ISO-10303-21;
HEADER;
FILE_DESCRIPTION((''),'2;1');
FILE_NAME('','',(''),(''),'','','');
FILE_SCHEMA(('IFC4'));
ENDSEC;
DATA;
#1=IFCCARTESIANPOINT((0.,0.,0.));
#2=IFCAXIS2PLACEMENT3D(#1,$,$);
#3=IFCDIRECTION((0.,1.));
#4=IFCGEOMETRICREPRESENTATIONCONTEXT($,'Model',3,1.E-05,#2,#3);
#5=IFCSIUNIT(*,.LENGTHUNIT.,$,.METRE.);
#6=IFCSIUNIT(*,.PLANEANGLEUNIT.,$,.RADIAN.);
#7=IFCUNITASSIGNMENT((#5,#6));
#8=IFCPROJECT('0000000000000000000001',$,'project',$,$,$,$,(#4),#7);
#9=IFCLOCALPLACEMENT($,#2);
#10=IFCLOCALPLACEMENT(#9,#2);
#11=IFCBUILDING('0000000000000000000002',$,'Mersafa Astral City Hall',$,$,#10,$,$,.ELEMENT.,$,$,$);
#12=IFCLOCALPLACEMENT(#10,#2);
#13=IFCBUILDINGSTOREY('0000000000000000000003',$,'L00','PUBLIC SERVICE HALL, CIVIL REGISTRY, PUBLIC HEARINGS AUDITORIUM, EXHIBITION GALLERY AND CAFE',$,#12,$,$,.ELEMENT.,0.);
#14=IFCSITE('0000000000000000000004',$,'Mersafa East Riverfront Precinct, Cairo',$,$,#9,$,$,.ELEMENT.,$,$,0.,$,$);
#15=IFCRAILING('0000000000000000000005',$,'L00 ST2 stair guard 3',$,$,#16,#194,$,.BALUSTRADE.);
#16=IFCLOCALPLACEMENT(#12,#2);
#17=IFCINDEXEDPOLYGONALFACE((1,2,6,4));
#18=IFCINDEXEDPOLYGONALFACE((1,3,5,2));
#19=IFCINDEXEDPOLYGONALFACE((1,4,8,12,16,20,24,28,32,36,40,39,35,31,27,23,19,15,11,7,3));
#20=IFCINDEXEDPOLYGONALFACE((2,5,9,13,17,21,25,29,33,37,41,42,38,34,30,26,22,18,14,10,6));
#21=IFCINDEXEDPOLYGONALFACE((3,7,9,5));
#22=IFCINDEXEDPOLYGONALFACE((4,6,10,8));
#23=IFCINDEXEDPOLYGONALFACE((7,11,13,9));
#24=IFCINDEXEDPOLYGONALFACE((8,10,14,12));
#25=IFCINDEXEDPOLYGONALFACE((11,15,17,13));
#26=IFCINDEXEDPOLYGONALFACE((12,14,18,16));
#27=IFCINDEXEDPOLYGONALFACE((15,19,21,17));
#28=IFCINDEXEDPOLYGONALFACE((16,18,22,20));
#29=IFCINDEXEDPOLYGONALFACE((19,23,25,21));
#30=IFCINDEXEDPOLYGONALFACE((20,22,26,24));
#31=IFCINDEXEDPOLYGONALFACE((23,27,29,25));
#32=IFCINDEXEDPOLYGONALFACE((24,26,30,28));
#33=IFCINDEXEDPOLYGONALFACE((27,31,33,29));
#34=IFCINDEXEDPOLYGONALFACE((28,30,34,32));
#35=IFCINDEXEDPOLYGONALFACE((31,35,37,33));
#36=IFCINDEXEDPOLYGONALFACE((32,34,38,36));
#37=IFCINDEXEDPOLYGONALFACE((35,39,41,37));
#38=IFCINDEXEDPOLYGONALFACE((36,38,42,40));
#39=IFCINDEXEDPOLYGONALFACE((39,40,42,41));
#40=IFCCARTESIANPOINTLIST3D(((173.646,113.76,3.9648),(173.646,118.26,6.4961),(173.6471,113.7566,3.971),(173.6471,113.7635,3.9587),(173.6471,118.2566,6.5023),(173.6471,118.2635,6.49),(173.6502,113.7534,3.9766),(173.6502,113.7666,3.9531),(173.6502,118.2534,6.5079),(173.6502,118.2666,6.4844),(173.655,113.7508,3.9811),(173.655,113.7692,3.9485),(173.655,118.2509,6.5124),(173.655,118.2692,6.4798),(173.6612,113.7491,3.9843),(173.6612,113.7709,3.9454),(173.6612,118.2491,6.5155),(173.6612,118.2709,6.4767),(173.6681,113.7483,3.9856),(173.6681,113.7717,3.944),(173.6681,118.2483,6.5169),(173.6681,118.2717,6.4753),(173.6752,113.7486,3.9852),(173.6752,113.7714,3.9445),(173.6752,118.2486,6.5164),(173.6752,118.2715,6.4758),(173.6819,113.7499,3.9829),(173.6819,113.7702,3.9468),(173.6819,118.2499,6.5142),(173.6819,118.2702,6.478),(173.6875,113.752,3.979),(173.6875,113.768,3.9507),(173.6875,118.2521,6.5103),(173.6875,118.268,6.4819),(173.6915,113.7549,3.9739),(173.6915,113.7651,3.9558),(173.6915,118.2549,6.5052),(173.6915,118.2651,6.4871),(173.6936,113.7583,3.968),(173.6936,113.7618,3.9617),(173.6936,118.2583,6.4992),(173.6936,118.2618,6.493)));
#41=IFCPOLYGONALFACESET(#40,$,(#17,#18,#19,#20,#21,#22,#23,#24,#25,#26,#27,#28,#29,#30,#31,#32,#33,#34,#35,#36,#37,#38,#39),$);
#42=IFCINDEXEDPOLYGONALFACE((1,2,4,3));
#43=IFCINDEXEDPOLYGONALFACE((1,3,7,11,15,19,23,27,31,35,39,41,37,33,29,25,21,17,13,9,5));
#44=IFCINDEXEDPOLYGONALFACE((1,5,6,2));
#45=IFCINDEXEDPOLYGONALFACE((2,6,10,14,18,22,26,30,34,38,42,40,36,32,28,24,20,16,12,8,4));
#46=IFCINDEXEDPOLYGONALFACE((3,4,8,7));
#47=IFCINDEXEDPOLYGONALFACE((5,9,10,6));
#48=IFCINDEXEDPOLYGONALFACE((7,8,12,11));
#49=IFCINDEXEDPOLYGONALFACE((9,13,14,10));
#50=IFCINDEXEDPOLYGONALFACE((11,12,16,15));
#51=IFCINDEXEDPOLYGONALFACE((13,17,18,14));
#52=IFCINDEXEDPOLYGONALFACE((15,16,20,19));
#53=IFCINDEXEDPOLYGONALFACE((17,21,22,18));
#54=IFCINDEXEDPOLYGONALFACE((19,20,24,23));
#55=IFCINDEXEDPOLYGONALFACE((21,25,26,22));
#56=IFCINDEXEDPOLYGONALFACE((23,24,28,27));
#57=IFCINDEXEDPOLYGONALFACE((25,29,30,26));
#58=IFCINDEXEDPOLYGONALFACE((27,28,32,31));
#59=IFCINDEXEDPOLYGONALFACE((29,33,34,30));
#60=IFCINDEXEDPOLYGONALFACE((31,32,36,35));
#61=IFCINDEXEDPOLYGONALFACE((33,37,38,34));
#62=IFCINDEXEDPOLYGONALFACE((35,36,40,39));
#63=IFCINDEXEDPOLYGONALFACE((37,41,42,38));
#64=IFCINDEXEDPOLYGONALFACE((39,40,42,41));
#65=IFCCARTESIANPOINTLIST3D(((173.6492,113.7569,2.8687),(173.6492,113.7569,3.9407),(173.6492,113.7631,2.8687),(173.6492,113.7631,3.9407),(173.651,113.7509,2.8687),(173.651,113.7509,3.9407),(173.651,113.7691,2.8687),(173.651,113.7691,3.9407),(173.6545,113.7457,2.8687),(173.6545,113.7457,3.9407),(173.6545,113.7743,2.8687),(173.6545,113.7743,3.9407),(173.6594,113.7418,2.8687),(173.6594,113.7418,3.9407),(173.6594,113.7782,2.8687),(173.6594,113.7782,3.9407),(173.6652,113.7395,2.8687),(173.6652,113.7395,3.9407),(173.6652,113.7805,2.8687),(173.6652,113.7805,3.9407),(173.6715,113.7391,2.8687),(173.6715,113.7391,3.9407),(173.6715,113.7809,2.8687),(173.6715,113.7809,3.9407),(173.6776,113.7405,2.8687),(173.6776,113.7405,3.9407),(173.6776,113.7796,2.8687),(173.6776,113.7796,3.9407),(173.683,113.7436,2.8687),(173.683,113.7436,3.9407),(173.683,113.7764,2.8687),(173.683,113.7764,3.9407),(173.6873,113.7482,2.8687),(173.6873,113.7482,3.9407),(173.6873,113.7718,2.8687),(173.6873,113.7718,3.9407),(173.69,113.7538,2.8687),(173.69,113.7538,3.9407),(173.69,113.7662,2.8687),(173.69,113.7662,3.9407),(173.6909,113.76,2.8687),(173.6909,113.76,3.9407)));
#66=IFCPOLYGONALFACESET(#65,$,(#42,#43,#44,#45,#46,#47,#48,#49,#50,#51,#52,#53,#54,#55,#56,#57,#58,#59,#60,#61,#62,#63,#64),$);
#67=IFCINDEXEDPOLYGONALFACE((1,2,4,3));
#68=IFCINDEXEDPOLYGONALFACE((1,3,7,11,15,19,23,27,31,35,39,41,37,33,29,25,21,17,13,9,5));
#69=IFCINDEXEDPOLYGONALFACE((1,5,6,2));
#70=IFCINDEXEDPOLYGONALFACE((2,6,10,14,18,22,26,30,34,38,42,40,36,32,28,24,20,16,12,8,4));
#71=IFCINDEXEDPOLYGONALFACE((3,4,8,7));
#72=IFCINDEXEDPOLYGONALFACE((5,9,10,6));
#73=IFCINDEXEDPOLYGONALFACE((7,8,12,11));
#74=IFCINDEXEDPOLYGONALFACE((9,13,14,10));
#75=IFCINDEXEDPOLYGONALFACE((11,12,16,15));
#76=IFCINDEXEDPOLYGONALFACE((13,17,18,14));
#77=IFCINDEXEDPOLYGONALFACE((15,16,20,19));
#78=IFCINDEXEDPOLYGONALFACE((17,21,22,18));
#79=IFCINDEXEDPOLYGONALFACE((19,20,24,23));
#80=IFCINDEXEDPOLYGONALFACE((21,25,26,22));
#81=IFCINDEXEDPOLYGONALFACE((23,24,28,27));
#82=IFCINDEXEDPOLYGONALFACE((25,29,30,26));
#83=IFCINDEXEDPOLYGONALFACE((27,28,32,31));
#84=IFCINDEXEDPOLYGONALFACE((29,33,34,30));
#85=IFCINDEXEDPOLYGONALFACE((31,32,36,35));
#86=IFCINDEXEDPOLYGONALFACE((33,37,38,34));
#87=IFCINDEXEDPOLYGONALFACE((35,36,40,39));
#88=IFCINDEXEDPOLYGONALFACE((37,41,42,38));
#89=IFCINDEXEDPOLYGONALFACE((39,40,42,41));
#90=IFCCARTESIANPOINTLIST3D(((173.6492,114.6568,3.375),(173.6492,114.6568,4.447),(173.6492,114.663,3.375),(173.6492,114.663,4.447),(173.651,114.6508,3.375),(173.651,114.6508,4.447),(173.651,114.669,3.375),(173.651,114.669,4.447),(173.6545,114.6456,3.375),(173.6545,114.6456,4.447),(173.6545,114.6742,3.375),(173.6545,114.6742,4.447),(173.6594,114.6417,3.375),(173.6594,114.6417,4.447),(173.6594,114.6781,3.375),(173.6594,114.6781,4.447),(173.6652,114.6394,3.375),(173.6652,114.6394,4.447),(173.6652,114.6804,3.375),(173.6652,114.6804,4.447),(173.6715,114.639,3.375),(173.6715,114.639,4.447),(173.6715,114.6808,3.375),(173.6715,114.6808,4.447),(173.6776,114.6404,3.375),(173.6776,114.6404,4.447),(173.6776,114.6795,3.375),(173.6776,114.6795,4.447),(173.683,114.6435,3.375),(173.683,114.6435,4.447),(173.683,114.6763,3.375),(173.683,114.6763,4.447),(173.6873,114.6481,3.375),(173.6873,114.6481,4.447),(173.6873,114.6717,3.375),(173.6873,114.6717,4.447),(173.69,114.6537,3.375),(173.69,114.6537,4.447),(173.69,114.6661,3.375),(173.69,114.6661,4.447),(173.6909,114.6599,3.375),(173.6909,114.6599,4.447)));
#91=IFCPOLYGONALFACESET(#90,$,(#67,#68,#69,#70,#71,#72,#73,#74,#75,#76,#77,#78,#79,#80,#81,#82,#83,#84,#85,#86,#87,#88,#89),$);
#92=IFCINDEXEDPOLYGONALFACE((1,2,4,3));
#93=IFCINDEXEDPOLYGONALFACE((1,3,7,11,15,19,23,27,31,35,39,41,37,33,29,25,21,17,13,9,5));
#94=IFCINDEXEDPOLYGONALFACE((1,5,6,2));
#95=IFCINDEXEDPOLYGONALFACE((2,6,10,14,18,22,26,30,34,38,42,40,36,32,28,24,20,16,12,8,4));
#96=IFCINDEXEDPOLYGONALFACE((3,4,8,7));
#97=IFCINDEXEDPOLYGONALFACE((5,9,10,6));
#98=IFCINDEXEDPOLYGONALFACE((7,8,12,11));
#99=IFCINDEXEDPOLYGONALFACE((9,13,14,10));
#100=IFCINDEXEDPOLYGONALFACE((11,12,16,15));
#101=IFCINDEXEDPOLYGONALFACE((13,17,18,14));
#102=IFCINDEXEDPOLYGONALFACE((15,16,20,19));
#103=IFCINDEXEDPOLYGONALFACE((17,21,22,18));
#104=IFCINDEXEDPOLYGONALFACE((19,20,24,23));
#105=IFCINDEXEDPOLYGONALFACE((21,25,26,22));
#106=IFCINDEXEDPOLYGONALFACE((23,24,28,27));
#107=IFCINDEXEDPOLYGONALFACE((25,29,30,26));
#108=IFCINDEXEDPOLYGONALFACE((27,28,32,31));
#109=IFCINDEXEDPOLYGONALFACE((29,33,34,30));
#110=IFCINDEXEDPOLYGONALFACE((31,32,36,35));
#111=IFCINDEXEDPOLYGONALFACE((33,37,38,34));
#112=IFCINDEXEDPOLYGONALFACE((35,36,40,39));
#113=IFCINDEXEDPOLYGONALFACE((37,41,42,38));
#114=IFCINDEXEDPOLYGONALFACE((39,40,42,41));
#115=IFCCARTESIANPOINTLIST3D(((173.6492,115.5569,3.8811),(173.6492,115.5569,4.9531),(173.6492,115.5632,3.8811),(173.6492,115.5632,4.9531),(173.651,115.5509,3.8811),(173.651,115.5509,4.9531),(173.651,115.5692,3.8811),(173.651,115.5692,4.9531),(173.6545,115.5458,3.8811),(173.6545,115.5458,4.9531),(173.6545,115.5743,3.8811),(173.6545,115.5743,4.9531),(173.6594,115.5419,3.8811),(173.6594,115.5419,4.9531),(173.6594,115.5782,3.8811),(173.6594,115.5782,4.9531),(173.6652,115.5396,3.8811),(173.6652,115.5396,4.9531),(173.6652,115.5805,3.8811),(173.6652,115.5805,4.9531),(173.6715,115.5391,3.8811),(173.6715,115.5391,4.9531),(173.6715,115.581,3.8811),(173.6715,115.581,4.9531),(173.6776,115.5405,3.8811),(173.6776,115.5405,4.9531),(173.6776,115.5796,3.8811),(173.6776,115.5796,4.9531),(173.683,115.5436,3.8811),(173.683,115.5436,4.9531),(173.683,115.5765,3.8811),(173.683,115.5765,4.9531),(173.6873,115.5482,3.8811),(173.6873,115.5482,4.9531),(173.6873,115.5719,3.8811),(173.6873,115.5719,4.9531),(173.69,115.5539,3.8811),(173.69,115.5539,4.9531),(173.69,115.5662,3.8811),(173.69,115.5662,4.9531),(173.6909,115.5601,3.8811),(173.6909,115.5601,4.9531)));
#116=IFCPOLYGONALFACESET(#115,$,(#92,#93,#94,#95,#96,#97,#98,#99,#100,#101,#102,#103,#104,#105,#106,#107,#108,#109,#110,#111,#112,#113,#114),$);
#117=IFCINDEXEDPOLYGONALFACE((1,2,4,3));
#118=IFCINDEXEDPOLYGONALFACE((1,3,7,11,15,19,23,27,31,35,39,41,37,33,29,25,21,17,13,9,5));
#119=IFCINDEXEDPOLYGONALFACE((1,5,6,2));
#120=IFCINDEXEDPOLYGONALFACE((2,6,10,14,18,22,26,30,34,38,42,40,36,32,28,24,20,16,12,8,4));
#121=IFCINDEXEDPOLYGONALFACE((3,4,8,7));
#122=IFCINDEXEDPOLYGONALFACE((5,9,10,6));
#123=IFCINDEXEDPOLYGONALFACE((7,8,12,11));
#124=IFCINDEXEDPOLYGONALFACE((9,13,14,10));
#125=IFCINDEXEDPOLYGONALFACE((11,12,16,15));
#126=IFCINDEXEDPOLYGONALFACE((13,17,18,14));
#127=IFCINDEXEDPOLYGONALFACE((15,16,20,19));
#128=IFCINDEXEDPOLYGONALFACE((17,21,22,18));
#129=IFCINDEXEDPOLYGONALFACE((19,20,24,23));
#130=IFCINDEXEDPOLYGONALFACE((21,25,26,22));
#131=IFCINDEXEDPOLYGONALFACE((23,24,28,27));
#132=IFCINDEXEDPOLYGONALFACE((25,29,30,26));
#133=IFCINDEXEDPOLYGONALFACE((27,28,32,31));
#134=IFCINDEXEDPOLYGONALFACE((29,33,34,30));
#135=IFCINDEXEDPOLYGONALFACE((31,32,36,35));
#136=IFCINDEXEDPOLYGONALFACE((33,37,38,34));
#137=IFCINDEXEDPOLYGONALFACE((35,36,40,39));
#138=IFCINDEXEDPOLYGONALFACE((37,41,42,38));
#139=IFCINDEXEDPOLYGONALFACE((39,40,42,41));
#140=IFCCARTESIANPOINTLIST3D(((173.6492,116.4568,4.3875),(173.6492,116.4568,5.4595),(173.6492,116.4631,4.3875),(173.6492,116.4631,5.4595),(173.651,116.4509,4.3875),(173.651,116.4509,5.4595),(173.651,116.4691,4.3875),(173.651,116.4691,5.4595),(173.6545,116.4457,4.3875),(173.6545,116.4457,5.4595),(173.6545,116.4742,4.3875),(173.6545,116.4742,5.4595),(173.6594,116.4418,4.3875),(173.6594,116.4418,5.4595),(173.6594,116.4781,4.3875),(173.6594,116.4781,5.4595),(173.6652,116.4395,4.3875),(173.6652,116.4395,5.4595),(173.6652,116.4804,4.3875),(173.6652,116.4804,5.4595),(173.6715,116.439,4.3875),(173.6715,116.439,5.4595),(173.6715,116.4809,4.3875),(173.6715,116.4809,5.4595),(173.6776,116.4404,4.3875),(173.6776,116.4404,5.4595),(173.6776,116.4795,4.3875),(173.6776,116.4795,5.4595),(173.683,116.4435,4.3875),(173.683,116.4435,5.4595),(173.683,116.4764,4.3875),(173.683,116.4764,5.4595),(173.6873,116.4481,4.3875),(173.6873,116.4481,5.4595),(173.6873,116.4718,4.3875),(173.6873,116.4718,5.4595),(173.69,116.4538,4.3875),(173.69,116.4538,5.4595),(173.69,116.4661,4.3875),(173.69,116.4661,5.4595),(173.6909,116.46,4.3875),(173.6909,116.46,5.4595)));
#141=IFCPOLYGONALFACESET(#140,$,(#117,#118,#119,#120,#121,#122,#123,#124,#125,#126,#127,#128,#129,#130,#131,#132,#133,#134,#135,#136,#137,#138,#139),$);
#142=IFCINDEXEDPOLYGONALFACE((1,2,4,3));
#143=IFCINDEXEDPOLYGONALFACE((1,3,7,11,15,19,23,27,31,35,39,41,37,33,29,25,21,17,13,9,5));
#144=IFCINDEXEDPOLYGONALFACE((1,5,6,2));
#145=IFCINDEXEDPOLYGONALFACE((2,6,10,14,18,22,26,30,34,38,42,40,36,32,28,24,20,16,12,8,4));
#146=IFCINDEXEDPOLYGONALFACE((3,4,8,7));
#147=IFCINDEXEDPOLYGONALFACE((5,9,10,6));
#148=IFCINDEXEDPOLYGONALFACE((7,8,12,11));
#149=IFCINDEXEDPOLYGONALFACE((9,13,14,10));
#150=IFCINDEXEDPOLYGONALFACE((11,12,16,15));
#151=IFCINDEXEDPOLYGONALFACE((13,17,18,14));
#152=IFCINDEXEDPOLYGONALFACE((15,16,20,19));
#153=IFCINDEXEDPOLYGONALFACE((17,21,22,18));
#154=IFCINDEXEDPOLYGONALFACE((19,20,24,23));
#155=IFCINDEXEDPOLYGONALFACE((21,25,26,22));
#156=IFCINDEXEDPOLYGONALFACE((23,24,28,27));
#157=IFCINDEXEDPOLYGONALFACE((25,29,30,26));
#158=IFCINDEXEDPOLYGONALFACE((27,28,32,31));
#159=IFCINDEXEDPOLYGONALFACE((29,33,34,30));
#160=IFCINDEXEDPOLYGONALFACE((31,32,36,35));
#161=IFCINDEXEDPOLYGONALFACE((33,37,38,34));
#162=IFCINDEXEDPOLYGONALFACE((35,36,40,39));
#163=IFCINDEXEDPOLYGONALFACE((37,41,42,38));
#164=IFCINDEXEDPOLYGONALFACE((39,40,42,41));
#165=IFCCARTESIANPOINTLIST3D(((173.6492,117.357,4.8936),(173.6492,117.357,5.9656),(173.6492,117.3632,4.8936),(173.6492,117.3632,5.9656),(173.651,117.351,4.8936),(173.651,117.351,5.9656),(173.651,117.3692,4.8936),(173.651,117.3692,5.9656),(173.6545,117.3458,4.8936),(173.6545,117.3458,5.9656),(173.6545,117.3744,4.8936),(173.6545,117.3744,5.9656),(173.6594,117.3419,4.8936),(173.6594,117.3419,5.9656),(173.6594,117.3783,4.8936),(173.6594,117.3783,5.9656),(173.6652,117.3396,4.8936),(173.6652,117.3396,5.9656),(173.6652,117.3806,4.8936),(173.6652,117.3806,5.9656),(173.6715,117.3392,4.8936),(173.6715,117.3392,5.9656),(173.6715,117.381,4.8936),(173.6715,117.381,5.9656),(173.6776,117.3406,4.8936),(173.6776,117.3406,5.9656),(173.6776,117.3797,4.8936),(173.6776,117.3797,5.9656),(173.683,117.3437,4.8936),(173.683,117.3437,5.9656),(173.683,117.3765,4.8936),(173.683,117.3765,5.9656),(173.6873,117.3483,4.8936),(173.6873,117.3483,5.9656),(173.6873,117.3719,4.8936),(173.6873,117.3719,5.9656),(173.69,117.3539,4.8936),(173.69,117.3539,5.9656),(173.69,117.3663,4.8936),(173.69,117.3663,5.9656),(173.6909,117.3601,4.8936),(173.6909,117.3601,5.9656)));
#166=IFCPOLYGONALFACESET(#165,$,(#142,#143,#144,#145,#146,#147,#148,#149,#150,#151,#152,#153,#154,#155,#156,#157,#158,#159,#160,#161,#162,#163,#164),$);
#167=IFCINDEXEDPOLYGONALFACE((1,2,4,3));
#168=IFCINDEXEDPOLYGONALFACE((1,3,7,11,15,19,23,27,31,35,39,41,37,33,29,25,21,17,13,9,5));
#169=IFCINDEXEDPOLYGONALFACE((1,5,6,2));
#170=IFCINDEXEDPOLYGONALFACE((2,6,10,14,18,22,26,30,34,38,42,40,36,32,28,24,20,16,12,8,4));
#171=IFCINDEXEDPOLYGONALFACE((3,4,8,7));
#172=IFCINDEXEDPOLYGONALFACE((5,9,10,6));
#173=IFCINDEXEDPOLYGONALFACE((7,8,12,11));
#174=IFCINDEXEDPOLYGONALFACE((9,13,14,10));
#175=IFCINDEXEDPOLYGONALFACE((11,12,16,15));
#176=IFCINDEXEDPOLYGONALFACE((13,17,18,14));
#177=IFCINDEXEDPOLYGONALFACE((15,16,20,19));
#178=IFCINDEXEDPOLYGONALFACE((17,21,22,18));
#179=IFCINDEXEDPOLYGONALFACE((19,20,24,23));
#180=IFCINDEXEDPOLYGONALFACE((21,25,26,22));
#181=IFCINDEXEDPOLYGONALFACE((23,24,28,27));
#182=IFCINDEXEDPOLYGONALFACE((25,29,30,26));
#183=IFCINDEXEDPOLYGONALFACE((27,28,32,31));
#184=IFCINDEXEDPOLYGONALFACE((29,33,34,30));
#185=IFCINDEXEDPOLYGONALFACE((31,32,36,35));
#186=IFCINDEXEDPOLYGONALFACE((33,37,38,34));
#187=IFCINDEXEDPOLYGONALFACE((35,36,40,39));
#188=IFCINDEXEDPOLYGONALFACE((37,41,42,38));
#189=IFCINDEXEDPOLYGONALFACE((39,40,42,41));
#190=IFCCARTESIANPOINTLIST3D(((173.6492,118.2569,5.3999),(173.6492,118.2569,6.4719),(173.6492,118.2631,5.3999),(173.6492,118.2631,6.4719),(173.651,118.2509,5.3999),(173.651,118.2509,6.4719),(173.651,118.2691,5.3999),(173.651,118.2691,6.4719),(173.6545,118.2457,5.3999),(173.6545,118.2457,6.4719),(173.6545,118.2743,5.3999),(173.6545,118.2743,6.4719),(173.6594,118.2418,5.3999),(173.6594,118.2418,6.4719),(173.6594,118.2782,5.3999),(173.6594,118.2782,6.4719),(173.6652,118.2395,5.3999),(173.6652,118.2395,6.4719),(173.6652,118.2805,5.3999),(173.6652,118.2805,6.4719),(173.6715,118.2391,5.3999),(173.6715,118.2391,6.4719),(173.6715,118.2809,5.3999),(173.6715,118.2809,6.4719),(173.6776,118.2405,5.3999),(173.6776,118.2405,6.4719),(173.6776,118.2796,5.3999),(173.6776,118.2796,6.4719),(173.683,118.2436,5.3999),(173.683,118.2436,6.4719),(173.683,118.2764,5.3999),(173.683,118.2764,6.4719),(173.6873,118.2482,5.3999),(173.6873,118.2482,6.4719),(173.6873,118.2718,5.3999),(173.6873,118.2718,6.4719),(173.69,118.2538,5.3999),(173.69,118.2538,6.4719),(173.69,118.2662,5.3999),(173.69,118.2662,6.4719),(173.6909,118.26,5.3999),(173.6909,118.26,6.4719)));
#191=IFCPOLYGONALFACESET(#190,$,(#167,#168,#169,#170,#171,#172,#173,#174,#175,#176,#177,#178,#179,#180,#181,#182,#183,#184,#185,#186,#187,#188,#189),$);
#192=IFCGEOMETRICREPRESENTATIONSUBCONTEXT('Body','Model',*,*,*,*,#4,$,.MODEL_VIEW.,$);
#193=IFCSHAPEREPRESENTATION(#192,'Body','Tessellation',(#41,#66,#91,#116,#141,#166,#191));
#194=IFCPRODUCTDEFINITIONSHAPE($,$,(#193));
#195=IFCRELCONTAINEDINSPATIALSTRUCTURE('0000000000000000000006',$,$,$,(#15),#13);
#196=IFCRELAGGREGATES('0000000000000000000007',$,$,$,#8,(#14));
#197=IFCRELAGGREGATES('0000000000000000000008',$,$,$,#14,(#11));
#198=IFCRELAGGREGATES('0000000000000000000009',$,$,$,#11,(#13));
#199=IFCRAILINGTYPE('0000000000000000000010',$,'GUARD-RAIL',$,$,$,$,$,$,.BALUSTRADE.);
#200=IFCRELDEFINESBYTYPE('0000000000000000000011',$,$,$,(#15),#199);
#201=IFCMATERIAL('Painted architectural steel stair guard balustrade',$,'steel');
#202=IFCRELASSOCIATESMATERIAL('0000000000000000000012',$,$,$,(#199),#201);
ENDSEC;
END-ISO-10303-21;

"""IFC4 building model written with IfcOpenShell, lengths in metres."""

from ifc_helpers import new_model, si_unit, direction, frame, origin, origin_2d, place, context, subcontext, project, spatial, circle, extrude, material, type_object, element, save


model = new_model("IFC4")

# Units and contexts
model_context = context("Model", 3, precision=1e-05, world=origin(), true_north=direction((0.0, 1.0)))
body_context = subcontext(model_context, "Body", "Model", "MODEL_VIEW")
ifc_project = project(units=[si_unit("LENGTHUNIT", "METRE"), si_unit("PLANEANGLEUNIT", "RADIAN")], contexts=[model_context])

# Site, building, storey
site_placement = place(None, origin())
site = spatial("IfcSite", under=ifc_project, at=site_placement, Name="Mersafa East Riverfront Precinct, Cairo", CompositionType="ELEMENT", RefElevation=0.0)
building_placement = place(site_placement, origin())
building = spatial("IfcBuilding", under=site, at=building_placement, Name="Mersafa Astral City Hall", CompositionType="ELEMENT")
storey_placement = place(building_placement, origin())
storey = spatial("IfcBuildingStorey", under=building, at=storey_placement, Name="L00", Description="PUBLIC SERVICE HALL, CIVIL REGISTRY, PUBLIC HEARINGS AUDITORIUM, EXHIBITION GALLERY AND CAFE", CompositionType="ELEMENT", Elevation=0.0)

# Railing
ifc_material_1 = material(Name="Painted architectural steel stair guard balustrade", Category="steel")
railing_type_1 = type_object("IfcRailingType", Name="GUARD-RAIL", PredefinedType="BALUSTRADE", material=ifc_material_1)
railing_1_placement = place(storey_placement, frame((173.6699, 113.76, 2.8687)))
element("IfcRailing", 1, at=railing_1_placement, inside=storey, type_object=railing_type_1, Name="L00 ST2 stair guard 3", PredefinedType="BALUSTRADE", context=body_context, shape_type="SweptSolid", body=[
    extrude(circle(Radius=0.0239, at=origin_2d()), frame((0.0, 0.0, 1.0962), z_axis=(0.0, 0.871576, 0.490261), x_axis=(-1.0, 0.0, 0.0)), (0.0, 0.0, 1.0), 5.1631),
    extrude(circle(Radius=0.021, at=origin_2d()), origin(), (0.0, 0.0, 1.0), 1.072),
    extrude(circle(Radius=0.021, at=origin_2d()), frame((0.0, 0.8999, 0.5063)), (0.0, 0.0, 1.0), 1.072),
    extrude(circle(Radius=0.021, at=origin_2d()), frame((0.0, 1.8, 1.0125)), (0.0, 0.0, 1.0), 1.072),
    extrude(circle(Radius=0.021, at=origin_2d()), frame((0.0, 2.7, 1.5188)), (0.0, 0.0, 1.0), 1.072),
    extrude(circle(Radius=0.021, at=origin_2d()), frame((0.0, 3.6001, 2.0249)), (0.0, 0.0, 1.0), 1.072),
    extrude(circle(Radius=0.021, at=origin_2d()), frame((0.0, 4.5, 2.5312)), (0.0, 0.0, 1.0), 1.072),
])

save(model, "model.ifc")
